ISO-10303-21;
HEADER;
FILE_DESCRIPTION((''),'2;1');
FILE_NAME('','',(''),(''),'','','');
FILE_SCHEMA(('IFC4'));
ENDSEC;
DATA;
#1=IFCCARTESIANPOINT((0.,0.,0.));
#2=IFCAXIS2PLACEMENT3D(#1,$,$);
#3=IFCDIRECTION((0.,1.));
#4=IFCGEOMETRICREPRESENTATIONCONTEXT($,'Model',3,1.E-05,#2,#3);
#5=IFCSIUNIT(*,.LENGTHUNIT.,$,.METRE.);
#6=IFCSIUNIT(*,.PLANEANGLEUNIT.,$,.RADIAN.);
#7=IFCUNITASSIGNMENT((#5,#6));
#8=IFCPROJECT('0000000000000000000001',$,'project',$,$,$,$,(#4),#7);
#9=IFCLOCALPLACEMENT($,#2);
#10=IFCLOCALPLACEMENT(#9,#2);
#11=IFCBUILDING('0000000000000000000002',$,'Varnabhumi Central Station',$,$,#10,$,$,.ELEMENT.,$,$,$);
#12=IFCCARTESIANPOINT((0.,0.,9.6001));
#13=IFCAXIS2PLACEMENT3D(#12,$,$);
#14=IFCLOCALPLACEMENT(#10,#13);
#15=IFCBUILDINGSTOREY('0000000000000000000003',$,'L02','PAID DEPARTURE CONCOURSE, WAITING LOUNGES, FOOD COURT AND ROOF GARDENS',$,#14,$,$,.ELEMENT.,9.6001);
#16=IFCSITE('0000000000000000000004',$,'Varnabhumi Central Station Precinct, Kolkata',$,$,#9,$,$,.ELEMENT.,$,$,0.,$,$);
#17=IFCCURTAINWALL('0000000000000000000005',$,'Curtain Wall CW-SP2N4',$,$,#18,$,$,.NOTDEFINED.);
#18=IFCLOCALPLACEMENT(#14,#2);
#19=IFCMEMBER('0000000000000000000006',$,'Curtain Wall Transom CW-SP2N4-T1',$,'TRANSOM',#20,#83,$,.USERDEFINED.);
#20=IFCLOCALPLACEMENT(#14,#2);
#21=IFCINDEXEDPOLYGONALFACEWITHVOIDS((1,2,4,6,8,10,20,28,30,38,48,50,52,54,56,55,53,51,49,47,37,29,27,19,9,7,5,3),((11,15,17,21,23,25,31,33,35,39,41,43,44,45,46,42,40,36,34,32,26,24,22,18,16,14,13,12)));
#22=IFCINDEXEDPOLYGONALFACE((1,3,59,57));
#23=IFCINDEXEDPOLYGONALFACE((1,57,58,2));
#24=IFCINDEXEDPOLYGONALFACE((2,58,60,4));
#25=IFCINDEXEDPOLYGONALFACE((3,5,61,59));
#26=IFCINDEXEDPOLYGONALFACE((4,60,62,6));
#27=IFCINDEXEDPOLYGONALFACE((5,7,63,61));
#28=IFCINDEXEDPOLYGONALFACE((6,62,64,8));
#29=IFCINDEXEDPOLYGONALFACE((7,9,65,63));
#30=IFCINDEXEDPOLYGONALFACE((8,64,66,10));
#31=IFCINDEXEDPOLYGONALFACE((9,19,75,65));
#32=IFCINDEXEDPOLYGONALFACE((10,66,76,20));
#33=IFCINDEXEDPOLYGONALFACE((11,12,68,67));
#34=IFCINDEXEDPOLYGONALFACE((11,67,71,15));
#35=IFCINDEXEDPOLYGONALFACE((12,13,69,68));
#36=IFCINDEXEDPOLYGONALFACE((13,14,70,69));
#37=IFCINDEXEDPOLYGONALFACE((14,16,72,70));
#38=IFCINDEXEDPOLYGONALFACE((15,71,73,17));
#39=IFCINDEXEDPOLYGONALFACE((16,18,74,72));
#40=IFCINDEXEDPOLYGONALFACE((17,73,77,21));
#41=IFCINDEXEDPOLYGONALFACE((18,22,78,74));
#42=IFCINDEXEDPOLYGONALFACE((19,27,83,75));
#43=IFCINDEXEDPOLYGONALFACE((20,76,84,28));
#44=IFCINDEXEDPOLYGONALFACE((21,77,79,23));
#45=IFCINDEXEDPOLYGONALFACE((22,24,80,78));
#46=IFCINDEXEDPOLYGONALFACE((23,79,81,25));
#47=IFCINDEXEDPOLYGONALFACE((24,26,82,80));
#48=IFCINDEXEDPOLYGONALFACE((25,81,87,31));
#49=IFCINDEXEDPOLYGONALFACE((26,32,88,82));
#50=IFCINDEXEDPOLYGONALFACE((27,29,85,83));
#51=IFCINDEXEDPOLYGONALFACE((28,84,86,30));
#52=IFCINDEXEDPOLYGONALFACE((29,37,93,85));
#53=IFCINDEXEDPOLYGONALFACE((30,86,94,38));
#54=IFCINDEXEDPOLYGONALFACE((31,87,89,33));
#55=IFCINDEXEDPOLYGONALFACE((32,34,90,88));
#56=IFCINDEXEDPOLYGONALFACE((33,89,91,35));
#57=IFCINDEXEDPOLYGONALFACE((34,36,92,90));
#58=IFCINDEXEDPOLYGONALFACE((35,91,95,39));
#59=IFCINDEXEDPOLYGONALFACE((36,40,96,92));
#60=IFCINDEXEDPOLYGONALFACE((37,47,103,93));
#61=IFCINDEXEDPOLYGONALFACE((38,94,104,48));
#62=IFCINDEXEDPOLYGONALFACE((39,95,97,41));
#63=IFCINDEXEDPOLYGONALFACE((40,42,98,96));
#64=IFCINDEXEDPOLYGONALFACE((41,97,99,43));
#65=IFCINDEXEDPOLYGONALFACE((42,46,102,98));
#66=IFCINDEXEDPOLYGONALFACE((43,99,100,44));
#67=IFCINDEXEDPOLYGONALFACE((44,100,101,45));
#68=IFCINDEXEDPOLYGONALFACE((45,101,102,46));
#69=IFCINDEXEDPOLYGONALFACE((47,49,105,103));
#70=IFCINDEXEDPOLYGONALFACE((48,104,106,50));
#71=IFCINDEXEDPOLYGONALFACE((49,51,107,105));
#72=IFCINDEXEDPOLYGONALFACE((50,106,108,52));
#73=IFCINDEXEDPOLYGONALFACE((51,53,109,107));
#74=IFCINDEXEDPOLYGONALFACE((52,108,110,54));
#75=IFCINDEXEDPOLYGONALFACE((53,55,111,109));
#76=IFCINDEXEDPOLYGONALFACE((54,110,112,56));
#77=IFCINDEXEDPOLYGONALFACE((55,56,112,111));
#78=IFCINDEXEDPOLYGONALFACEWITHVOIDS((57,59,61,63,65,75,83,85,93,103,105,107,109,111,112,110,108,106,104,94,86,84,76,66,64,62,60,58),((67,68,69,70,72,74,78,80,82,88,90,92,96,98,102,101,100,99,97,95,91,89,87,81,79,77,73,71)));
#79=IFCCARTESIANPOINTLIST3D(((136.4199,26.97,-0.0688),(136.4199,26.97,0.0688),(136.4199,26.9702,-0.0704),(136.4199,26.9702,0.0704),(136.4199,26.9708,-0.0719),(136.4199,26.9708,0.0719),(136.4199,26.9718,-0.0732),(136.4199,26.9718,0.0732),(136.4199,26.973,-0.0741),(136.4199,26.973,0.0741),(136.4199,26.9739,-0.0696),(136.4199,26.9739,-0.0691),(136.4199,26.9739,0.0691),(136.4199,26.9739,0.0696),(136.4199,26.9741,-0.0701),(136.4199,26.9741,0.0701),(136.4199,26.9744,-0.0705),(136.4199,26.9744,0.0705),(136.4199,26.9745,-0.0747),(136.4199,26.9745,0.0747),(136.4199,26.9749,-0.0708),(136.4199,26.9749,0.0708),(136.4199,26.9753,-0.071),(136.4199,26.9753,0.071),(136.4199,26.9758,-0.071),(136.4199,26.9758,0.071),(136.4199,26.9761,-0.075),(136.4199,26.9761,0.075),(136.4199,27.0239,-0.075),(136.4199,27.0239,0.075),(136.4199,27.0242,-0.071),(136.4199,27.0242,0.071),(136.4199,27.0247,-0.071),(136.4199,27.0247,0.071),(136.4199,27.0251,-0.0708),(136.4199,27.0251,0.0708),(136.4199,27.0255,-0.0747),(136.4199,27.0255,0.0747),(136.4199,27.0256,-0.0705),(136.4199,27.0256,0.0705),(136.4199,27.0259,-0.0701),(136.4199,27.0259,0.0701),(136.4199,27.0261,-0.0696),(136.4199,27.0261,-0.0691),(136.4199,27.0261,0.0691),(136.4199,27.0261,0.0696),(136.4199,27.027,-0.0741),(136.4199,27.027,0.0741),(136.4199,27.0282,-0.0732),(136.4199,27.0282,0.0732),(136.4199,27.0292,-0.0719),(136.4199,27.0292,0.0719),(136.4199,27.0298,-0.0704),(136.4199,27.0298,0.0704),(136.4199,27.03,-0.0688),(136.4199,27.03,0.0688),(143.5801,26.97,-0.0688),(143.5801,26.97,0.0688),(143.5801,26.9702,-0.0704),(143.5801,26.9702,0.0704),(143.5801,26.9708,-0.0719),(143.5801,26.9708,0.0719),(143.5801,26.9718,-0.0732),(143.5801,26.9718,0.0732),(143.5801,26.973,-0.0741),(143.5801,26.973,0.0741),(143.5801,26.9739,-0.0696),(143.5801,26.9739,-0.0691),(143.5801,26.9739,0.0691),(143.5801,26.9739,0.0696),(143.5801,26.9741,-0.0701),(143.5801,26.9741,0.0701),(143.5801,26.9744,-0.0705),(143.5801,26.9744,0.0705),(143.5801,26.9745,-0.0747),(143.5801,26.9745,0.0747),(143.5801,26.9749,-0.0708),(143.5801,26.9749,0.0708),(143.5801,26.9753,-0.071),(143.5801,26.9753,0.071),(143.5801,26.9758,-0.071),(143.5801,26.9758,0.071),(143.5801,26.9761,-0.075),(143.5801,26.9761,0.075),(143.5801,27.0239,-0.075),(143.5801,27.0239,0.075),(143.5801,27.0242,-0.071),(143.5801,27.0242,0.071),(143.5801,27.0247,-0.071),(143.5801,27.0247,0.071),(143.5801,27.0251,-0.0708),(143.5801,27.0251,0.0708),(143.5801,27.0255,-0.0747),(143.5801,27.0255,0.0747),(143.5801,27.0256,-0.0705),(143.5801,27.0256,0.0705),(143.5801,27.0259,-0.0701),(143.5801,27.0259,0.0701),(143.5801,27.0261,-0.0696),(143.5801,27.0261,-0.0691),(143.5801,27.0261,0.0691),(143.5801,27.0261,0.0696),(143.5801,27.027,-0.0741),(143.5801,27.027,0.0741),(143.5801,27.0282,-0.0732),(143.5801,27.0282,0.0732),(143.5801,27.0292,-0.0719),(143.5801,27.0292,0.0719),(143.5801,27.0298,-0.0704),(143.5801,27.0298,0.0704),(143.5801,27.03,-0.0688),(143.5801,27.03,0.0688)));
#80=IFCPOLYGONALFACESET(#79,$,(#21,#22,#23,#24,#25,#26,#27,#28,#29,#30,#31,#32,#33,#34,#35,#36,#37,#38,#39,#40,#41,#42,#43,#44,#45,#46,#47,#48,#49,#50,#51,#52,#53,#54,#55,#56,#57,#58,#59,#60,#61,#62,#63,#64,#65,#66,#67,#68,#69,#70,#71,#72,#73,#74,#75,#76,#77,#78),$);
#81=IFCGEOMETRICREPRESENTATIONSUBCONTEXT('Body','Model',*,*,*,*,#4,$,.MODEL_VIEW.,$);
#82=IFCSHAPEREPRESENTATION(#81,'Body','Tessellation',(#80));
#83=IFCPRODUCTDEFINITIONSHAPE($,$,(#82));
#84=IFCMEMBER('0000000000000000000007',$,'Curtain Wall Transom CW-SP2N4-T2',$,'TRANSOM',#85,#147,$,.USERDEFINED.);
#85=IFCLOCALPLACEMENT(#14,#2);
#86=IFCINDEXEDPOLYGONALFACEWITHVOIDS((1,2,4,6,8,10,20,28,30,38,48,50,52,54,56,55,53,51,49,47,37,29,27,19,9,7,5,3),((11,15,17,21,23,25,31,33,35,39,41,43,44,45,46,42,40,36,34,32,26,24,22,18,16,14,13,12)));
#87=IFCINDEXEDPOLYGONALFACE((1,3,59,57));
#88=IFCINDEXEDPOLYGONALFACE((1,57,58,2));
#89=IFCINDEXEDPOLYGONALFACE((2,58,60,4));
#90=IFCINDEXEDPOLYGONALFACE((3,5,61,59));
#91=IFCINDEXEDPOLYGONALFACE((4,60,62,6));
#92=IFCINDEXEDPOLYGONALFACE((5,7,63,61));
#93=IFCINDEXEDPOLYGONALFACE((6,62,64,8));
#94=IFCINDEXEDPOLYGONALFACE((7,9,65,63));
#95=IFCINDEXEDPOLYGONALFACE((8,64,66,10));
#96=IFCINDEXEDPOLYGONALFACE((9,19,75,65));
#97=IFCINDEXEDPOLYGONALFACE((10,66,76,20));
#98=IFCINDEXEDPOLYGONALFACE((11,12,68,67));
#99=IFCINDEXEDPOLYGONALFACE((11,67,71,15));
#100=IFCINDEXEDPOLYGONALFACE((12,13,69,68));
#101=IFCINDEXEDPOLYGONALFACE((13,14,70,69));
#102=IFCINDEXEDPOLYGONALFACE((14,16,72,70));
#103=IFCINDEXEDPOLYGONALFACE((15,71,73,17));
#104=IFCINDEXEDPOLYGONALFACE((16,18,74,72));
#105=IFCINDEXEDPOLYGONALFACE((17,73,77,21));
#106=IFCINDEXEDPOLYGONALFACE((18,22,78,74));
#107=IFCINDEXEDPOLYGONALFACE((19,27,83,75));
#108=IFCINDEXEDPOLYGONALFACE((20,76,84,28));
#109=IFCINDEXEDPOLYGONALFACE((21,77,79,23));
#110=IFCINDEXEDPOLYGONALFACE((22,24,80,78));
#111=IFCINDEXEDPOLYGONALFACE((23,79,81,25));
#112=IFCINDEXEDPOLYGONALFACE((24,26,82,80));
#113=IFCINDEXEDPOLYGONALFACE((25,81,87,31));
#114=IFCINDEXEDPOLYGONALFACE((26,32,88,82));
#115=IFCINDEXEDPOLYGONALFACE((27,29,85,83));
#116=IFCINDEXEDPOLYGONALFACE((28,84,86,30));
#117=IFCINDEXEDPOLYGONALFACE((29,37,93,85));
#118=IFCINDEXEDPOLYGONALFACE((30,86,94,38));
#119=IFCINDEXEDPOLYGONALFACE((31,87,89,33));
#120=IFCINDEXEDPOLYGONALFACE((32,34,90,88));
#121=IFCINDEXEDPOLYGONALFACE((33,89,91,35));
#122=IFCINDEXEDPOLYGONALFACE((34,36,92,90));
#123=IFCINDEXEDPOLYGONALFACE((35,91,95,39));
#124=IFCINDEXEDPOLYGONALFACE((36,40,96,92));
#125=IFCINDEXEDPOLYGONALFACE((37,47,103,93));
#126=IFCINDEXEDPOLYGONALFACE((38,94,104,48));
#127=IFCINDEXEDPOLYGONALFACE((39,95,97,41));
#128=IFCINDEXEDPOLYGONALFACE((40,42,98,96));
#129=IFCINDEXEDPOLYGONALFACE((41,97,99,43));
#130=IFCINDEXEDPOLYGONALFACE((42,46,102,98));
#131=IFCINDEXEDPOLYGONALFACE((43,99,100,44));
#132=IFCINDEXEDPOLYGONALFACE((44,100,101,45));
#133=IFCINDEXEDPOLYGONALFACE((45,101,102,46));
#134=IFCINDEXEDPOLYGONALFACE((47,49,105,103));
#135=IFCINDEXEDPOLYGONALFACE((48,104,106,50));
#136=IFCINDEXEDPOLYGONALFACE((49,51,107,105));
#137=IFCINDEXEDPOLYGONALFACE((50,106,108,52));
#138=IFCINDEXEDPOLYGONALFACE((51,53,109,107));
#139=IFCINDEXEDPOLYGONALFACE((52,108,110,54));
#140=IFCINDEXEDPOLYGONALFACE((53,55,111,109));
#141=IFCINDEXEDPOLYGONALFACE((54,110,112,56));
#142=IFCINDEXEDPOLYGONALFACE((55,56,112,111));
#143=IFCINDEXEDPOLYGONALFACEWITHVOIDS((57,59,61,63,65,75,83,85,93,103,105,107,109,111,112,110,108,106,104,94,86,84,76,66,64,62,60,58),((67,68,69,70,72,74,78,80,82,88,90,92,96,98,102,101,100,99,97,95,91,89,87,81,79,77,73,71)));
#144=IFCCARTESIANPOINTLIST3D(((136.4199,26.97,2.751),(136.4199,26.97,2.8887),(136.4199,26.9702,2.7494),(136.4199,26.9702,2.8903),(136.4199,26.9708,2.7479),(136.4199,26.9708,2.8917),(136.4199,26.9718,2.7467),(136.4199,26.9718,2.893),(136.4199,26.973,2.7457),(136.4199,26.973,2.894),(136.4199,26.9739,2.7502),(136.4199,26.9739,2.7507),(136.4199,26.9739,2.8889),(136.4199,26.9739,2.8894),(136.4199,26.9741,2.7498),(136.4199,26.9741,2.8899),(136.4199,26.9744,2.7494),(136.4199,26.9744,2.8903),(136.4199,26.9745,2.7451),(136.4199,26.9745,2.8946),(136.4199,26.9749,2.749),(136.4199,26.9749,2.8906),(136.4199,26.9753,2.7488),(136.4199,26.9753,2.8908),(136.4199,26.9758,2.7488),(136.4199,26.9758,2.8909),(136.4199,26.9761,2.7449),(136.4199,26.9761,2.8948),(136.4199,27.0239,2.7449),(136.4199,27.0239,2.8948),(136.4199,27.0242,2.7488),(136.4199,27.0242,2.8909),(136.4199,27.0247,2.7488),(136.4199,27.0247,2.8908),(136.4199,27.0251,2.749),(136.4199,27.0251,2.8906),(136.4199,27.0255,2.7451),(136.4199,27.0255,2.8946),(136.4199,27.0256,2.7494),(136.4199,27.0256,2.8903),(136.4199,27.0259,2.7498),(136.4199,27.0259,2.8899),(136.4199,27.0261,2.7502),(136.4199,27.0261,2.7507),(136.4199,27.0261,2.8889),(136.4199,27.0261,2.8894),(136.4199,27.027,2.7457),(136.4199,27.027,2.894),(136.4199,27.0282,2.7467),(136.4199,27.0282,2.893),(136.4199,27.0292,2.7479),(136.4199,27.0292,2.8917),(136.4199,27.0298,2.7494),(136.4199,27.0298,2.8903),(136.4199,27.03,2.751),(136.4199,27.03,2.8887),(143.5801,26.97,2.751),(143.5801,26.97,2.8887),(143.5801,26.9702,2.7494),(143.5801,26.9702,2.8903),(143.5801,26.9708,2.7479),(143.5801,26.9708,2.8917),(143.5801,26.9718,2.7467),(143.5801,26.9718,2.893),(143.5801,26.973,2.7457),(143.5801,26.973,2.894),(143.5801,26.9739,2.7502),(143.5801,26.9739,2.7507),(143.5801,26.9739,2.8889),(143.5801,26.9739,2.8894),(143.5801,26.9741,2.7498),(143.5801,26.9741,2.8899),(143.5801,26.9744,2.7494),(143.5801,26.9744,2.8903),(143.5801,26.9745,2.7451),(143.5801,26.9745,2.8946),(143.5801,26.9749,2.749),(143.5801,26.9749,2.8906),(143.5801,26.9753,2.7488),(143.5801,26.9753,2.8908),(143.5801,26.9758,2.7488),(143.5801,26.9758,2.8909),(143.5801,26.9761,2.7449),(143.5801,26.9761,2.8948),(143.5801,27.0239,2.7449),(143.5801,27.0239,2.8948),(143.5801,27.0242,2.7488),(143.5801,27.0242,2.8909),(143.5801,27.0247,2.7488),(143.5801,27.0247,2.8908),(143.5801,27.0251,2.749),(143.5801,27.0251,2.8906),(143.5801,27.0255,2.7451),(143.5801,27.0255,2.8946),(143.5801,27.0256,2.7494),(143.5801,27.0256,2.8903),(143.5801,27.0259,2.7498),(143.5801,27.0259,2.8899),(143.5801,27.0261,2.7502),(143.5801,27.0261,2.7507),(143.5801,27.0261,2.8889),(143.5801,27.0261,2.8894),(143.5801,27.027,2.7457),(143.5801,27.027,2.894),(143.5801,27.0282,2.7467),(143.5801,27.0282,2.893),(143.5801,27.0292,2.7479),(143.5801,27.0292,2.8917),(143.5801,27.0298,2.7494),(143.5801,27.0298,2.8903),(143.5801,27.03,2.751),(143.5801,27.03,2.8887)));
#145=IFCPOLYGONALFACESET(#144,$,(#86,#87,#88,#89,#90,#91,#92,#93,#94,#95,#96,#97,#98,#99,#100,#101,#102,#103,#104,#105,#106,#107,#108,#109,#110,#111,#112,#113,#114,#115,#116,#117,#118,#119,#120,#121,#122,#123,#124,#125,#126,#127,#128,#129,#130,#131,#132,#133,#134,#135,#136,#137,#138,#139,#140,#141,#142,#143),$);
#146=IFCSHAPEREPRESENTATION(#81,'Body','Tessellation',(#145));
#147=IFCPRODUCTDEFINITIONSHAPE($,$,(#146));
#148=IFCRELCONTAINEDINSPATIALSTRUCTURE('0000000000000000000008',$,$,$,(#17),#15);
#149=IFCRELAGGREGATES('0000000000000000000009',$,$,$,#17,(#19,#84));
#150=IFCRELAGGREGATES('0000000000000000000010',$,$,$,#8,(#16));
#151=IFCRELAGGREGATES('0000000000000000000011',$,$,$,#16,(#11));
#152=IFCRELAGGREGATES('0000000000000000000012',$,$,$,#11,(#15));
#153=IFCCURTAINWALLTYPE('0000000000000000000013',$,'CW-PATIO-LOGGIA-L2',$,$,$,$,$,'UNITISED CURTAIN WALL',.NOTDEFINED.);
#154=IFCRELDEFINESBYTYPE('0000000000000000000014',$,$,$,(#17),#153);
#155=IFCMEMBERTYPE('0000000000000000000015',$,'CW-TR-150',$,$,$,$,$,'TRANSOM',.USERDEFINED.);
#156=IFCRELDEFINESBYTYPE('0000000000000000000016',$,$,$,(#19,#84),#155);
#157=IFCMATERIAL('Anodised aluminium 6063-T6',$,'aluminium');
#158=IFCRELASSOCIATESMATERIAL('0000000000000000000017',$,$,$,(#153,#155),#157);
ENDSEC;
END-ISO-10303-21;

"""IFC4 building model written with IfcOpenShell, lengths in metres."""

from ifc_helpers import new_model, si_unit, direction, frame, origin, origin_2d, place, context, subcontext, project, spatial, hollow_rectangle, extrude, material, material_profile, profile_set, type_object, element, aggregate, save


model = new_model("IFC4")

# Units and contexts
model_context = context("Model", 3, precision=1e-05, world=origin(), true_north=direction((0.0, 1.0)))
body_context = subcontext(model_context, "Body", "Model", "MODEL_VIEW")
ifc_project = project(units=[si_unit("LENGTHUNIT", "METRE"), si_unit("PLANEANGLEUNIT", "RADIAN")], contexts=[model_context])

# Site, building, storey
site_placement = place(None, origin())
site = spatial("IfcSite", under=ifc_project, at=site_placement, Name="Varnabhumi Central Station Precinct, Kolkata", CompositionType="ELEMENT", RefElevation=0.0)
building_placement = place(site_placement, origin())
building = spatial("IfcBuilding", under=site, at=building_placement, Name="Varnabhumi Central Station", CompositionType="ELEMENT")
storey_placement = place(building_placement, frame((0.0, 0.0, 9.6001)))
storey = spatial("IfcBuildingStorey", under=building, at=storey_placement, Name="L02", Description="PAID DEPARTURE CONCOURSE, WAITING LOUNGES, FOOD COURT AND ROOF GARDENS", CompositionType="ELEMENT", Elevation=9.6001)

# Curtain wall, members
ifc_material_1 = material(Name="Anodised aluminium 6063-T6", Category="aluminium")
curtain_wall_type = type_object("IfcCurtainWallType", Name="CW-PATIO-LOGGIA-L2", ElementType="UNITISED CURTAIN WALL", PredefinedType="NOTDEFINED", material=ifc_material_1)
curtain_wall_1_placement = place(storey_placement, origin())
curtain_wall_1 = element("IfcCurtainWall", 1, at=curtain_wall_1_placement, inside=storey, type_object=curtain_wall_type, Name="Curtain Wall CW-SP2N4", PredefinedType="NOTDEFINED")
ifc_material_profile_1 = material_profile(ifc_material_1, hollow_rectangle(XDim=0.0601, YDim=0.1499, WallThickness=0.0039, InnerFilletRadius=0.002, OuterFilletRadius=0.0061, at=origin_2d()), Name="Anodised aluminium 6063-T6", Category="aluminium")
ifc_profile_set_1 = profile_set([ifc_material_profile_1], Name="Anodised aluminium 6063-T6")
member_type_1 = type_object("IfcMemberType", Name="CW-TR-150", ElementType="TRANSOM", PredefinedType="USERDEFINED", material=ifc_profile_set_1)
member_1_placement = place(storey_placement, frame((136.4199, 27.0, 0.0), z_axis=(1.0, 0.0, 0.0), x_axis=(0.0, 1.0, 0.0)))
member_1 = element("IfcMember", 2, at=member_1_placement, type_object=member_type_1, Name="Curtain Wall Transom CW-SP2N4-T1", ObjectType="TRANSOM", PredefinedType="USERDEFINED", context=body_context, shape_type="SweptSolid", body=[
    extrude(hollow_rectangle(XDim=0.0601, YDim=0.1499, WallThickness=0.0039, InnerFilletRadius=0.002, OuterFilletRadius=0.0061, at=origin_2d()), origin(), (0.0, 0.0, 1.0), 7.1602),
])
member_2_placement = place(storey_placement, frame((136.4199, 27.0, 2.8198), z_axis=(1.0, 0.0, 0.0), x_axis=(0.0, 1.0, 0.0)))
member_2 = element("IfcMember", 3, at=member_2_placement, type_object=member_type_1, Name="Curtain Wall Transom CW-SP2N4-T2", ObjectType="TRANSOM", PredefinedType="USERDEFINED", context=body_context, shape_type="SweptSolid", body=[
    extrude(hollow_rectangle(XDim=0.0601, YDim=0.1499, WallThickness=0.0039, InnerFilletRadius=0.002, OuterFilletRadius=0.0061, at=origin_2d()), origin(), (0.0, 0.0, 1.0), 7.1602),
])

aggregate(curtain_wall_1, [member_1, member_2])

save(model, "model.ifc")
